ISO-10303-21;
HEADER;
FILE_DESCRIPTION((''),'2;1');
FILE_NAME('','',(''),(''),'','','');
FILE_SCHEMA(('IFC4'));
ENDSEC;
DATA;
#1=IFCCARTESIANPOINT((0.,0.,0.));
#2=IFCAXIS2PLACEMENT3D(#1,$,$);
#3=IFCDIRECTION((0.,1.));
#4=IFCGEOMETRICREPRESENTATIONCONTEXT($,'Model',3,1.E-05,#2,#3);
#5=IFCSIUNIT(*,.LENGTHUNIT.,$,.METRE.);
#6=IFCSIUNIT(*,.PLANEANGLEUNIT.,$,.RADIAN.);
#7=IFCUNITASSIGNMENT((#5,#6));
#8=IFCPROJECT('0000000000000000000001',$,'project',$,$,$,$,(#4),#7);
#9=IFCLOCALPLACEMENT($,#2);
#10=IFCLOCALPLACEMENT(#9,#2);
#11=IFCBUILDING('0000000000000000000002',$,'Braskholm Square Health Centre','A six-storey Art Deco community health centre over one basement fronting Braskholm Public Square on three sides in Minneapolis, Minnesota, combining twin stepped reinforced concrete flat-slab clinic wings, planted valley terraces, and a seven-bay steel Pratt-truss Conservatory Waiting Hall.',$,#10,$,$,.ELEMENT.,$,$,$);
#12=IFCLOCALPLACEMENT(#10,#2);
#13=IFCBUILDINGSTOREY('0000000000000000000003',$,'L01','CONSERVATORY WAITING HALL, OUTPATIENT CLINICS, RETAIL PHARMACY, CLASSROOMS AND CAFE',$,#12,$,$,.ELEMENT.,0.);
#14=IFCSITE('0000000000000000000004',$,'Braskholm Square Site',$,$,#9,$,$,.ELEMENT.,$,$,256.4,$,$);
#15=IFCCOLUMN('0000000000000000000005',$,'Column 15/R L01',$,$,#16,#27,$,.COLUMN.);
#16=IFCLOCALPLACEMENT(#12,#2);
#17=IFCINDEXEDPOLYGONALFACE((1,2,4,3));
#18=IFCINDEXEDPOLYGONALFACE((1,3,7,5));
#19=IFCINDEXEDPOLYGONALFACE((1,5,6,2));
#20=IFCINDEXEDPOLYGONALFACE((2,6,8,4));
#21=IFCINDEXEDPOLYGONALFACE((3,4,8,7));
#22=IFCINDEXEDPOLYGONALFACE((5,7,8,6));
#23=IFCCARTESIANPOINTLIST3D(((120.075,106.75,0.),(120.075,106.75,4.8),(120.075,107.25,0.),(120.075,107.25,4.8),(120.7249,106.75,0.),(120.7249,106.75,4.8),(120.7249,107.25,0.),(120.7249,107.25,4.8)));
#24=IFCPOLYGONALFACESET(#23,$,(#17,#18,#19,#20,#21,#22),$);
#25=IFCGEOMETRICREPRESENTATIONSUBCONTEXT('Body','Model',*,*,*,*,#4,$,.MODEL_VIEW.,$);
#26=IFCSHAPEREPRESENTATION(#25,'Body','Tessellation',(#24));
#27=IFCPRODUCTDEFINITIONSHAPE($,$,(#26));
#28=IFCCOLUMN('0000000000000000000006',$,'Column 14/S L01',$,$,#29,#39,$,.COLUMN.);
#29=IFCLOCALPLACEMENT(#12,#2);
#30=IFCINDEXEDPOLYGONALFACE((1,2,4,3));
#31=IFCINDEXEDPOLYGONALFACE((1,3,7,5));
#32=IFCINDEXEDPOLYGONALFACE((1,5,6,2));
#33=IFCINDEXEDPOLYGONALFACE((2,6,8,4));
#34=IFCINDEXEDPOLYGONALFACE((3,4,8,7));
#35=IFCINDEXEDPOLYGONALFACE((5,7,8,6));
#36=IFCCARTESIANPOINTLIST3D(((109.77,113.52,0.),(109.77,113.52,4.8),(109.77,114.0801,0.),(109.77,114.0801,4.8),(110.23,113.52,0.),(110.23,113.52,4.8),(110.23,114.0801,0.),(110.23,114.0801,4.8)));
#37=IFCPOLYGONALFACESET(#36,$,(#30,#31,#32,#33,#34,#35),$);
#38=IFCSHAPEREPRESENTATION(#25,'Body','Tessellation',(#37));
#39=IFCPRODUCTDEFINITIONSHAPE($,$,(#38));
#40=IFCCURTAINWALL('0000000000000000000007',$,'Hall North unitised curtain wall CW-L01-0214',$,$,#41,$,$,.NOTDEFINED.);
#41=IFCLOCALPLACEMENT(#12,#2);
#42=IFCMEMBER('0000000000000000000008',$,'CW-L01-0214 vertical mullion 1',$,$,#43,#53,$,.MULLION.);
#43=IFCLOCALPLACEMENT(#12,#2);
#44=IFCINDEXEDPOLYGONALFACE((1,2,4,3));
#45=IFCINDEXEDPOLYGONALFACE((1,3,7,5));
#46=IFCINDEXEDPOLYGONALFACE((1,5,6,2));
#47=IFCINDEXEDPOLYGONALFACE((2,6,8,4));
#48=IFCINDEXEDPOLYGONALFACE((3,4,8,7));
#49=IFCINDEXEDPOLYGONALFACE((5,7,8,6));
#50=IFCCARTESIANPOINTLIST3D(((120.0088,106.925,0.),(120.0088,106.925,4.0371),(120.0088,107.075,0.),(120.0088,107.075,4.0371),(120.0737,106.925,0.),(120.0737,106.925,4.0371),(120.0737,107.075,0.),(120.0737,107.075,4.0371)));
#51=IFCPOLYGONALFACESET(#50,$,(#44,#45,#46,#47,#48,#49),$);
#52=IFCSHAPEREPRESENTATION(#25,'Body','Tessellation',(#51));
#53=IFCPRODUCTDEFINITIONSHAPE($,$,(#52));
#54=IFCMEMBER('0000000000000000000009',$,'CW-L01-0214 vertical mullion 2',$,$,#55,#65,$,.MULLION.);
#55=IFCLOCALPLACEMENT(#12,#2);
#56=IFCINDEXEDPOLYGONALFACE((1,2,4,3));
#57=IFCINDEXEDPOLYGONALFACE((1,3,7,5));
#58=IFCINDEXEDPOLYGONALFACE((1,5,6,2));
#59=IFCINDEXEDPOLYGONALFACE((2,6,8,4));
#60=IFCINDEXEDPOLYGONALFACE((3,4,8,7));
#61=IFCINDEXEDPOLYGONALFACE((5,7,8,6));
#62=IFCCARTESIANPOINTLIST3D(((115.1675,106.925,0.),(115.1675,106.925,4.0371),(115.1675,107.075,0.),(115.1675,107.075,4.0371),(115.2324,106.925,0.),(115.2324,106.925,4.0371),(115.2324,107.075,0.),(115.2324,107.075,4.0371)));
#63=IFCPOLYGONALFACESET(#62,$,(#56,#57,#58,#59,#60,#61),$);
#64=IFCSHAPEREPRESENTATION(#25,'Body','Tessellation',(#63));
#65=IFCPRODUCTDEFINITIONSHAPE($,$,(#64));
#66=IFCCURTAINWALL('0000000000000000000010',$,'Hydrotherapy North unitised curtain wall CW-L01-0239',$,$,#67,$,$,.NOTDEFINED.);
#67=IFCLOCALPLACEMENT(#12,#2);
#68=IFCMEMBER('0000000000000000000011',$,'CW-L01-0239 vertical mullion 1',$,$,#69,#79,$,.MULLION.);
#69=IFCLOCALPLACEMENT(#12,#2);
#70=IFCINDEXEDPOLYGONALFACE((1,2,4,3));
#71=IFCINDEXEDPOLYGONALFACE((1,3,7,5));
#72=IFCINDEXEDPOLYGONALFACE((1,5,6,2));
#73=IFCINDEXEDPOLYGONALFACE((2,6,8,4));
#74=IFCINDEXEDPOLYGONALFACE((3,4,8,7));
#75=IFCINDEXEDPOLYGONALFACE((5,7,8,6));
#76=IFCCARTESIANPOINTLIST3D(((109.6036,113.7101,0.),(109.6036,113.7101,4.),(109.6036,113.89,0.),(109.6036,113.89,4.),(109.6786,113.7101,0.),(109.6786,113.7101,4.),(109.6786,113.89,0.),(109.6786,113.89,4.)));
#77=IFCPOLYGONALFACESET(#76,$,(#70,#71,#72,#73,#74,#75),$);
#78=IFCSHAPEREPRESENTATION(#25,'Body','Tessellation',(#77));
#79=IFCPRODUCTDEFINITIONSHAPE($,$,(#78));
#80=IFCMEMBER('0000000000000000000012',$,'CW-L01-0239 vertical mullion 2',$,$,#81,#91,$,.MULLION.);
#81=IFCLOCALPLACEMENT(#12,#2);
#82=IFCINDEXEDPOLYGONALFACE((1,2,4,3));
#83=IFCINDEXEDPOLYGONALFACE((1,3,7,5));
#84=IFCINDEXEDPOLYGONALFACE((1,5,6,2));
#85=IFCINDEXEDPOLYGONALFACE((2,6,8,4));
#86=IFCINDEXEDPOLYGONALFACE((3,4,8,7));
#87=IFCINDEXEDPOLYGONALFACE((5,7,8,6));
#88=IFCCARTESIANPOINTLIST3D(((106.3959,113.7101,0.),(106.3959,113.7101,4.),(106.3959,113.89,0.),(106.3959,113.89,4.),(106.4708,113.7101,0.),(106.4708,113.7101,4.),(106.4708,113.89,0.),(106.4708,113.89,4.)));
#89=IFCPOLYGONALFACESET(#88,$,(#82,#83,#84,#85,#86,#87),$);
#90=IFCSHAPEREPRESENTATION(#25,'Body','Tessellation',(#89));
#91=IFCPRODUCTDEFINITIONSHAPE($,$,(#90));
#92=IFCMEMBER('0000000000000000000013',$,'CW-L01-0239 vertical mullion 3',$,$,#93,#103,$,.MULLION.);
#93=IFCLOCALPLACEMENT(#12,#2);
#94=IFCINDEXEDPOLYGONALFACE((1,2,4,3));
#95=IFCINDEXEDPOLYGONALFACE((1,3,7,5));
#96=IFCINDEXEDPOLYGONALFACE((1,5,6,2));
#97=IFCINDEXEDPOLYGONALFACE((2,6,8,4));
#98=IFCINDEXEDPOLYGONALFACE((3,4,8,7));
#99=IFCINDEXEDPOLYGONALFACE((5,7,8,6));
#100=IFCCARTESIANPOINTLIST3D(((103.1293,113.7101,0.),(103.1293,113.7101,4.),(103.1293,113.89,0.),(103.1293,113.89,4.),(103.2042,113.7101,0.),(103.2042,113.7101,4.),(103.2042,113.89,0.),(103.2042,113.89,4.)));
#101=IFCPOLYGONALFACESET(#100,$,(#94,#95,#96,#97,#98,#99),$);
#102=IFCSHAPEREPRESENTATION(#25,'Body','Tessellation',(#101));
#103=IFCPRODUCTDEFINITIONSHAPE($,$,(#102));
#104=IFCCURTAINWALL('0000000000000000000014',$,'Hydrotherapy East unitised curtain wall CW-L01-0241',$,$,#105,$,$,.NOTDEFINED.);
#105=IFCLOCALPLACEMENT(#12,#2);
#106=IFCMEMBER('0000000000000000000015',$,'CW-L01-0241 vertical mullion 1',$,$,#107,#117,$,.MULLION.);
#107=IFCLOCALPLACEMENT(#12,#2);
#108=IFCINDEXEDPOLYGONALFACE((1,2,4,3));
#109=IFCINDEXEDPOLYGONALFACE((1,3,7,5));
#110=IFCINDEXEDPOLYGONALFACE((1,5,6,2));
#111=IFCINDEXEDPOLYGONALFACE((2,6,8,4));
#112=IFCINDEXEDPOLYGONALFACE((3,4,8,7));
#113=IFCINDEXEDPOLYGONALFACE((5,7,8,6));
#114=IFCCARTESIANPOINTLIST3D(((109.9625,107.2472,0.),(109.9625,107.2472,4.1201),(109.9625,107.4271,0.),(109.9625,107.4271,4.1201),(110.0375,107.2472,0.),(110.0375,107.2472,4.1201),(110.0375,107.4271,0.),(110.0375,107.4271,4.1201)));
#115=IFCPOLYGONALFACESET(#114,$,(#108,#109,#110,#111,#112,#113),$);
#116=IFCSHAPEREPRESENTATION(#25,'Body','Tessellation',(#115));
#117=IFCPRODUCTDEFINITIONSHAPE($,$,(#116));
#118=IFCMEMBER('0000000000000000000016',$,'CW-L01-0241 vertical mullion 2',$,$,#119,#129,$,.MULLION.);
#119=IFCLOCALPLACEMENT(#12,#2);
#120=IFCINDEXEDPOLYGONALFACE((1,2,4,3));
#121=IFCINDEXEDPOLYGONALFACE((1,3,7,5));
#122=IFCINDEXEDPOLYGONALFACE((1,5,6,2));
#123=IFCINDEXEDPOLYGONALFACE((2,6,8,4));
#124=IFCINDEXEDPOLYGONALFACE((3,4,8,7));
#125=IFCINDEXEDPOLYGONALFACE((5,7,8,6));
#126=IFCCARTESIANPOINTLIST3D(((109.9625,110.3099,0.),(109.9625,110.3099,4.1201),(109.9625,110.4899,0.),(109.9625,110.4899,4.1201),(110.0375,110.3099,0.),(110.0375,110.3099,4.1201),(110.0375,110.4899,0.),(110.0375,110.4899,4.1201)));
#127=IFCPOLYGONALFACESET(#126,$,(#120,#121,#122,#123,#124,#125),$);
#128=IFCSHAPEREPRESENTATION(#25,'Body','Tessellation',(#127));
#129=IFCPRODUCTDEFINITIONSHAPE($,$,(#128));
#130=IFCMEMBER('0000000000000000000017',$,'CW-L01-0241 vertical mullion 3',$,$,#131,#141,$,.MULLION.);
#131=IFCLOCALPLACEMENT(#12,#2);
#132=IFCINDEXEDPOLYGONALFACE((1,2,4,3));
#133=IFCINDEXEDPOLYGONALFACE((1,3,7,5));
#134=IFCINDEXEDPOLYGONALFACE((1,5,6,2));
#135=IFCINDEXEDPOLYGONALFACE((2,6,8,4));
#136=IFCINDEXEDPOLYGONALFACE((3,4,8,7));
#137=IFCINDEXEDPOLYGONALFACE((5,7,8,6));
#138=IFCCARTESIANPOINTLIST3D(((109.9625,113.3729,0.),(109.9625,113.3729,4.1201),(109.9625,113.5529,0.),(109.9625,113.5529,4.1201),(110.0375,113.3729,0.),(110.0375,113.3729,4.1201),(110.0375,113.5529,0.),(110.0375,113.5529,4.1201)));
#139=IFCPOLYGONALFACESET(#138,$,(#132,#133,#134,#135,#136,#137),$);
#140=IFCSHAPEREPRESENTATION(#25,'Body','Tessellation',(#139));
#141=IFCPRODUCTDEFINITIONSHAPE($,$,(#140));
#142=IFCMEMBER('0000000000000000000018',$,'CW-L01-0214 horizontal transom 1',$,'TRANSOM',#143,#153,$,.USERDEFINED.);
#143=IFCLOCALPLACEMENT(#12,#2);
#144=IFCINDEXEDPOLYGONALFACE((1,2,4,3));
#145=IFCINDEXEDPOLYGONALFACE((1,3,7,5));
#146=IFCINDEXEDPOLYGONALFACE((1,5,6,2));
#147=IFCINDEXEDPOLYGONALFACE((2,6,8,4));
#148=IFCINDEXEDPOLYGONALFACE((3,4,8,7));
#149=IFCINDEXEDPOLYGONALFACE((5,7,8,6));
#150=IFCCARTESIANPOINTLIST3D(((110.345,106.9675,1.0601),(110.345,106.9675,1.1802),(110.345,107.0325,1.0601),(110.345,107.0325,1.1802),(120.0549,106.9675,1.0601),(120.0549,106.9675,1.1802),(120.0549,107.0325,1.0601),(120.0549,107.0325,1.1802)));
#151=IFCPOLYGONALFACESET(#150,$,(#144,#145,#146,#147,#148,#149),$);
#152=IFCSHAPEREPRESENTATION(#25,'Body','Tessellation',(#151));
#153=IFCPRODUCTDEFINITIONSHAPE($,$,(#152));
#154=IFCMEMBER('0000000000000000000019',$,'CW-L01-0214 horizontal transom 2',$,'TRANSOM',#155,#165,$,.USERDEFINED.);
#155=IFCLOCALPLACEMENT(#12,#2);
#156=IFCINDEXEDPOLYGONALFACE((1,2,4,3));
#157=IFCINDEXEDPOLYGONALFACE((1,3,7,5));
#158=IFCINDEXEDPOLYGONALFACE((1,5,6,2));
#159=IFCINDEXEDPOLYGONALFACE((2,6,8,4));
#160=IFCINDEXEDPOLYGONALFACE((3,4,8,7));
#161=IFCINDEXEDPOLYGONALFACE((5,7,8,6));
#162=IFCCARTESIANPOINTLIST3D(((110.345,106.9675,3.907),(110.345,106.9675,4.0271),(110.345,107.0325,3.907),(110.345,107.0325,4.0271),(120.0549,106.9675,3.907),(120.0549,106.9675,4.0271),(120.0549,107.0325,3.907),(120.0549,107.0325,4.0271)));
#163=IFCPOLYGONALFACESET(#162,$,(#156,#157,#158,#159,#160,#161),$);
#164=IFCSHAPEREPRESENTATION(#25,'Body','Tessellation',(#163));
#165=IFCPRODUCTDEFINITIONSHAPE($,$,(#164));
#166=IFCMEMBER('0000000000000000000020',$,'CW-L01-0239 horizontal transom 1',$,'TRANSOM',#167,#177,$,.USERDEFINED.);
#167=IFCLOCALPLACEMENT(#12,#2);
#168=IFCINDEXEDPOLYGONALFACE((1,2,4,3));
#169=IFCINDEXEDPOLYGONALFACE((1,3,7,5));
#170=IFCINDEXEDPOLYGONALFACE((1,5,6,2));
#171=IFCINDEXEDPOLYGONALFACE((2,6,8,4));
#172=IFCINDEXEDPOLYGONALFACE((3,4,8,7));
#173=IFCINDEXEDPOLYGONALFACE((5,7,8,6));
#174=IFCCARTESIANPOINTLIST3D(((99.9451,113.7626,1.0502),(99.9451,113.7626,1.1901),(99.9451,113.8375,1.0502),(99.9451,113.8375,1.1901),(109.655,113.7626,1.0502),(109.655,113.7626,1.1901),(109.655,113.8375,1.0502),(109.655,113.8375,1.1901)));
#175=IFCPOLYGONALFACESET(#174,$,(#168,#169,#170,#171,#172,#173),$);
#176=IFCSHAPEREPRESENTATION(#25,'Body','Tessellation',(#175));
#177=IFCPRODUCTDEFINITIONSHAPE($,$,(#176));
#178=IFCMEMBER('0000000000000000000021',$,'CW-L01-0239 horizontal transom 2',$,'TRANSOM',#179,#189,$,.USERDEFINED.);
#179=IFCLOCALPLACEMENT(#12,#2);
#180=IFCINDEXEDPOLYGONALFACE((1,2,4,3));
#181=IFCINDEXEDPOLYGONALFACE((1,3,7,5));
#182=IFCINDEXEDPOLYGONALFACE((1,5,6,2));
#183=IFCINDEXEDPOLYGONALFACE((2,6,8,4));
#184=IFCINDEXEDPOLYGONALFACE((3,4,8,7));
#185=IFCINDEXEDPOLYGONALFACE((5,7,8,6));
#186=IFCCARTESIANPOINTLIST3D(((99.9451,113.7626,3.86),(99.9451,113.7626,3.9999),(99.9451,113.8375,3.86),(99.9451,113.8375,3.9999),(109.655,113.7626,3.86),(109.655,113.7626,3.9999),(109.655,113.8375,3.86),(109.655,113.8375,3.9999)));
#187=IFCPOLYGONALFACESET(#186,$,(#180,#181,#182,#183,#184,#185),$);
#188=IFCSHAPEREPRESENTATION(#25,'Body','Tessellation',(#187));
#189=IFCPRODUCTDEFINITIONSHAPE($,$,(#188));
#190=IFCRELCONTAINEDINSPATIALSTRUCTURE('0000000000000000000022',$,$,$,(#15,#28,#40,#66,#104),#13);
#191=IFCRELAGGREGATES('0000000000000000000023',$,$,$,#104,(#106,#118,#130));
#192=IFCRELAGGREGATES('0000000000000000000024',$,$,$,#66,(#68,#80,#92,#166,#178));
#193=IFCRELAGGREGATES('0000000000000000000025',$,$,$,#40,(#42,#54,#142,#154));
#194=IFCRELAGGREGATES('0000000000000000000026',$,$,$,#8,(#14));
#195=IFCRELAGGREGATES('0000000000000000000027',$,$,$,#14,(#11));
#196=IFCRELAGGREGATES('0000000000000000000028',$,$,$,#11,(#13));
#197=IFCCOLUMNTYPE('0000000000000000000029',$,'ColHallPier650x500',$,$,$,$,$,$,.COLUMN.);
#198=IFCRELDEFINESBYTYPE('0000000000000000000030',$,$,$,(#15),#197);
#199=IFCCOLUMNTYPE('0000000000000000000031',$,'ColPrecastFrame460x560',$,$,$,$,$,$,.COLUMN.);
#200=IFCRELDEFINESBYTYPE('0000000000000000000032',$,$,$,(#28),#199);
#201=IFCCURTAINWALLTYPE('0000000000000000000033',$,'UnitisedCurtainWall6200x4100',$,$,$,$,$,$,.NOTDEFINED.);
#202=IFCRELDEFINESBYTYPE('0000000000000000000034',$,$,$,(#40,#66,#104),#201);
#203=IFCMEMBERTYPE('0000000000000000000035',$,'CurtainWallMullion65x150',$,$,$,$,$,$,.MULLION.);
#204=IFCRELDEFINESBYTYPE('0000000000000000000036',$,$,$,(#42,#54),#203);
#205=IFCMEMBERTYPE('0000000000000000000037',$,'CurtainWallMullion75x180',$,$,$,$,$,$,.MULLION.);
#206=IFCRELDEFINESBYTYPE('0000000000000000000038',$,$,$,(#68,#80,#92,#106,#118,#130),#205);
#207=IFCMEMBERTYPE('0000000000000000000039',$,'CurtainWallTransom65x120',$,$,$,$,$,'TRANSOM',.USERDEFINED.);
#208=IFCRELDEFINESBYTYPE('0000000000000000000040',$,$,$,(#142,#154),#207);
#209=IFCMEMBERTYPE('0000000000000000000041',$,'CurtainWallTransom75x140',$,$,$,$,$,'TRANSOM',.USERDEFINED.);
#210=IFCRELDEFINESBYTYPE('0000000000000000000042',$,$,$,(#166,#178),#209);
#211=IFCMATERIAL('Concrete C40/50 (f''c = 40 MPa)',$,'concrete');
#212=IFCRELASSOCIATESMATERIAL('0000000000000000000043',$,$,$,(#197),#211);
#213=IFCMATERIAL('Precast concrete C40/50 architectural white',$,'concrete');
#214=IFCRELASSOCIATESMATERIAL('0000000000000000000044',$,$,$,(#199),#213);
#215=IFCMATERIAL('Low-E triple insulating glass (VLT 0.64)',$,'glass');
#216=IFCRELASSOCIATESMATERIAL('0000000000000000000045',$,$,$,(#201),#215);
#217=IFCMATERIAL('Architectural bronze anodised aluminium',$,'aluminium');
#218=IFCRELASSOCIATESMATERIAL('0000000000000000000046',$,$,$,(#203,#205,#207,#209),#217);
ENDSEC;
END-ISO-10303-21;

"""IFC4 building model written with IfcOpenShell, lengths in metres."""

from ifc_helpers import new_model, si_unit, direction, frame, origin, origin_2d, place, context, subcontext, project, spatial, rectangle, extrude, material, material_profile, profile_set, type_object, element, aggregate, save


model = new_model("IFC4")

# Units and contexts
model_context = context("Model", 3, precision=1e-05, world=origin(), true_north=direction((0.0, 1.0)))
body_context = subcontext(model_context, "Body", "Model", "MODEL_VIEW")
ifc_project = project(units=[si_unit("LENGTHUNIT", "METRE"), si_unit("PLANEANGLEUNIT", "RADIAN")], contexts=[model_context])

# Site, building, storey
site_placement = place(None, origin())
site = spatial("IfcSite", under=ifc_project, at=site_placement, Name="Braskholm Square Site", CompositionType="ELEMENT", RefElevation=256.4)
building_placement = place(site_placement, origin())
building = spatial("IfcBuilding", under=site, at=building_placement, Name="Braskholm Square Health Centre", Description="A six-storey Art Deco community health centre over one basement fronting Braskholm Public Square on three sides in Minneapolis, Minnesota, combining twin stepped reinforced concrete flat-slab clinic wings, planted valley terraces, and a seven-bay steel Pratt-truss Conservatory Waiting Hall.", CompositionType="ELEMENT")
storey_placement = place(building_placement, origin())
storey = spatial("IfcBuildingStorey", under=building, at=storey_placement, Name="L01", Description="CONSERVATORY WAITING HALL, OUTPATIENT CLINICS, RETAIL PHARMACY, CLASSROOMS AND CAFE", CompositionType="ELEMENT", Elevation=0.0)

# Columns
ifc_material_1 = material(Name="Concrete C40/50 (f'c = 40 MPa)", Category="concrete")
ifc_material_profile_1 = material_profile(ifc_material_1, rectangle(XDim=0.6499, YDim=0.5, at=origin_2d()), Name="RC-650X500")
ifc_profile_set_1 = profile_set([ifc_material_profile_1], Name="Concrete C40/50 (f'c = 40 MPa)")
column_type_1 = type_object("IfcColumnType", Name="ColHallPier650x500", PredefinedType="COLUMN", material=ifc_profile_set_1)
column_1_placement = place(storey_placement, frame((120.3999, 107.0, 0.0), z_axis=(0.0, 0.0, 1.0), x_axis=(1.0, 0.0, 0.0)))
element("IfcColumn", 1, at=column_1_placement, inside=storey, type_object=column_type_1, Name="Column 15/R L01", PredefinedType="COLUMN", context=body_context, shape_type="SweptSolid", body=[
    extrude(rectangle(XDim=0.6499, YDim=0.5, at=origin_2d()), origin(), (0.0, 0.0, 1.0), 4.8),
])
ifc_material_2 = material(Name="Precast concrete C40/50 architectural white", Category="concrete")
ifc_material_profile_2 = material_profile(ifc_material_2, rectangle(XDim=0.46, YDim=0.5601, at=origin_2d()), Name="RC-460X560")
ifc_profile_set_2 = profile_set([ifc_material_profile_2], Name="Precast concrete C40/50 architectural white")
column_type_2 = type_object("IfcColumnType", Name="ColPrecastFrame460x560", PredefinedType="COLUMN", material=ifc_profile_set_2)
column_2_placement = place(storey_placement, frame((110.0, 113.8, 0.0), z_axis=(0.0, 0.0, 1.0), x_axis=(1.0, 0.0, 0.0)))
element("IfcColumn", 2, at=column_2_placement, inside=storey, type_object=column_type_2, Name="Column 14/S L01", PredefinedType="COLUMN", context=body_context, shape_type="SweptSolid", body=[
    extrude(rectangle(XDim=0.46, YDim=0.5601, at=origin_2d()), origin(), (0.0, 0.0, 1.0), 4.8),
])

# Curtain walls, members
ifc_material_3 = material(Name="Low-E triple insulating glass (VLT 0.64)", Category="glass")
curtain_wall_type = type_object("IfcCurtainWallType", Name="UnitisedCurtainWall6200x4100", PredefinedType="NOTDEFINED", material=ifc_material_3)
curtain_wall_1_placement = place(storey_placement, origin())
curtain_wall_1 = element("IfcCurtainWall", 3, at=curtain_wall_1_placement, inside=storey, type_object=curtain_wall_type, Name="Hall North unitised curtain wall CW-L01-0214", PredefinedType="NOTDEFINED")
ifc_material_4 = material(Name="Architectural bronze anodised aluminium", Category="aluminium")
ifc_material_profile_3 = material_profile(ifc_material_4, rectangle(XDim=0.0649, YDim=0.1499, at=origin_2d()), Name="ALU-65X150")
ifc_profile_set_3 = profile_set([ifc_material_profile_3], Name="Architectural bronze anodised aluminium")
member_type_1 = type_object("IfcMemberType", Name="CurtainWallMullion65x150", PredefinedType="MULLION", material=ifc_profile_set_3)
member_1_placement = place(storey_placement, frame((120.0413, 107.0, 0.0), z_axis=(0.0, 0.0, 1.0), x_axis=(1.0, 0.0, 0.0)))
member_1 = element("IfcMember", 4, at=member_1_placement, type_object=member_type_1, Name="CW-L01-0214 vertical mullion 1", PredefinedType="MULLION", context=body_context, shape_type="SweptSolid", body=[
    extrude(rectangle(XDim=0.0649, YDim=0.1499, at=origin_2d()), origin(), (0.0, 0.0, 1.0), 4.0371),
])
member_2_placement = place(storey_placement, frame((115.2, 107.0, 0.0), z_axis=(0.0, 0.0, 1.0), x_axis=(1.0, 0.0, 0.0)))
member_2 = element("IfcMember", 5, at=member_2_placement, type_object=member_type_1, Name="CW-L01-0214 vertical mullion 2", PredefinedType="MULLION", context=body_context, shape_type="SweptSolid", body=[
    extrude(rectangle(XDim=0.0649, YDim=0.1499, at=origin_2d()), origin(), (0.0, 0.0, 1.0), 4.0371),
])
curtain_wall_2_placement = place(storey_placement, origin())
curtain_wall_2 = element("IfcCurtainWall", 6, at=curtain_wall_2_placement, inside=storey, type_object=curtain_wall_type, Name="Hydrotherapy North unitised curtain wall CW-L01-0239", PredefinedType="NOTDEFINED")
ifc_material_profile_4 = material_profile(ifc_material_4, rectangle(XDim=0.075, YDim=0.1799, at=origin_2d()), Name="ALU-75X180")
ifc_profile_set_4 = profile_set([ifc_material_profile_4], Name="Architectural bronze anodised aluminium")
member_type_2 = type_object("IfcMemberType", Name="CurtainWallMullion75x180", PredefinedType="MULLION", material=ifc_profile_set_4)
member_3_placement = place(storey_placement, frame((109.6411, 113.8, 0.0), z_axis=(0.0, 0.0, 1.0), x_axis=(1.0, 0.0, 0.0)))
member_3 = element("IfcMember", 7, at=member_3_placement, type_object=member_type_2, Name="CW-L01-0239 vertical mullion 1", PredefinedType="MULLION", context=body_context, shape_type="SweptSolid", body=[
    extrude(rectangle(XDim=0.075, YDim=0.1799, at=origin_2d()), origin(), (0.0, 0.0, 1.0), 4.0),
])
member_4_placement = place(storey_placement, frame((106.4333, 113.8, 0.0), z_axis=(0.0, 0.0, 1.0), x_axis=(1.0, 0.0, 0.0)))
member_4 = element("IfcMember", 8, at=member_4_placement, type_object=member_type_2, Name="CW-L01-0239 vertical mullion 2", PredefinedType="MULLION", context=body_context, shape_type="SweptSolid", body=[
    extrude(rectangle(XDim=0.075, YDim=0.1799, at=origin_2d()), origin(), (0.0, 0.0, 1.0), 4.0),
])
member_5_placement = place(storey_placement, frame((103.1667, 113.8, 0.0), z_axis=(0.0, 0.0, 1.0), x_axis=(1.0, 0.0, 0.0)))
member_5 = element("IfcMember", 9, at=member_5_placement, type_object=member_type_2, Name="CW-L01-0239 vertical mullion 3", PredefinedType="MULLION", context=body_context, shape_type="SweptSolid", body=[
    extrude(rectangle(XDim=0.075, YDim=0.1799, at=origin_2d()), origin(), (0.0, 0.0, 1.0), 4.0),
])
curtain_wall_3_placement = place(storey_placement, origin())
curtain_wall_3 = element("IfcCurtainWall", 10, at=curtain_wall_3_placement, inside=storey, type_object=curtain_wall_type, Name="Hydrotherapy East unitised curtain wall CW-L01-0241", PredefinedType="NOTDEFINED")
member_6_placement = place(storey_placement, frame((110.0, 107.3372, 0.0), z_axis=(0.0, 0.0, 1.0), x_axis=(1.0, 0.0, 0.0)))
member_6 = element("IfcMember", 11, at=member_6_placement, type_object=member_type_2, Name="CW-L01-0241 vertical mullion 1", PredefinedType="MULLION", context=body_context, shape_type="SweptSolid", body=[
    extrude(rectangle(XDim=0.075, YDim=0.1799, at=origin_2d()), origin(), (0.0, 0.0, 1.0), 4.1201),
])
member_7_placement = place(storey_placement, frame((110.0, 110.3999, 0.0), z_axis=(0.0, 0.0, 1.0), x_axis=(1.0, 0.0, 0.0)))
member_7 = element("IfcMember", 12, at=member_7_placement, type_object=member_type_2, Name="CW-L01-0241 vertical mullion 2", PredefinedType="MULLION", context=body_context, shape_type="SweptSolid", body=[
    extrude(rectangle(XDim=0.075, YDim=0.1799, at=origin_2d()), origin(), (0.0, 0.0, 1.0), 4.1201),
])
member_8_placement = place(storey_placement, frame((110.0, 113.4629, 0.0), z_axis=(0.0, 0.0, 1.0), x_axis=(1.0, 0.0, 0.0)))
member_8 = element("IfcMember", 13, at=member_8_placement, type_object=member_type_2, Name="CW-L01-0241 vertical mullion 3", PredefinedType="MULLION", context=body_context, shape_type="SweptSolid", body=[
    extrude(rectangle(XDim=0.075, YDim=0.1799, at=origin_2d()), origin(), (0.0, 0.0, 1.0), 4.1201),
])

# Members
ifc_material_profile_5 = material_profile(ifc_material_4, rectangle(XDim=0.0649, YDim=0.1201, at=origin_2d()), Name="ALU-65X120")
ifc_profile_set_5 = profile_set([ifc_material_profile_5], Name="Architectural bronze anodised aluminium")
member_type_3 = type_object("IfcMemberType", Name="CurtainWallTransom65x120", ElementType="TRANSOM", PredefinedType="USERDEFINED", material=ifc_profile_set_5)
member_9_placement = place(storey_placement, frame((120.0549, 107.0, 1.1201), z_axis=(-1.0, 0.0, 0.0), x_axis=(0.0, -1.0, 0.0)))
member_9 = element("IfcMember", 14, at=member_9_placement, type_object=member_type_3, Name="CW-L01-0214 horizontal transom 1", ObjectType="TRANSOM", PredefinedType="USERDEFINED", context=body_context, shape_type="SweptSolid", body=[
    extrude(rectangle(XDim=0.0649, YDim=0.1201, at=origin_2d()), origin(), (0.0, 0.0, 1.0), 9.71),
])
member_10_placement = place(storey_placement, frame((120.0549, 107.0, 3.967), z_axis=(-1.0, 0.0, 0.0), x_axis=(0.0, -1.0, 0.0)))
member_10 = element("IfcMember", 15, at=member_10_placement, type_object=member_type_3, Name="CW-L01-0214 horizontal transom 2", ObjectType="TRANSOM", PredefinedType="USERDEFINED", context=body_context, shape_type="SweptSolid", body=[
    extrude(rectangle(XDim=0.0649, YDim=0.1201, at=origin_2d()), origin(), (0.0, 0.0, 1.0), 9.71),
])
ifc_material_profile_6 = material_profile(ifc_material_4, rectangle(XDim=0.075, YDim=0.1399, at=origin_2d()), Name="ALU-75X140")
ifc_profile_set_6 = profile_set([ifc_material_profile_6], Name="Architectural bronze anodised aluminium")
member_type_4 = type_object("IfcMemberType", Name="CurtainWallTransom75x140", ElementType="TRANSOM", PredefinedType="USERDEFINED", material=ifc_profile_set_6)
member_11_placement = place(storey_placement, frame((109.655, 113.8, 1.1201), z_axis=(-1.0, 0.0, 0.0), x_axis=(0.0, -1.0, 0.0)))
member_11 = element("IfcMember", 16, at=member_11_placement, type_object=member_type_4, Name="CW-L01-0239 horizontal transom 1", ObjectType="TRANSOM", PredefinedType="USERDEFINED", context=body_context, shape_type="SweptSolid", body=[
    extrude(rectangle(XDim=0.075, YDim=0.1399, at=origin_2d()), origin(), (0.0, 0.0, 1.0), 9.71),
])
member_12_placement = place(storey_placement, frame((109.655, 113.8, 3.9299), z_axis=(-1.0, 0.0, 0.0), x_axis=(0.0, -1.0, 0.0)))
member_12 = element("IfcMember", 17, at=member_12_placement, type_object=member_type_4, Name="CW-L01-0239 horizontal transom 2", ObjectType="TRANSOM", PredefinedType="USERDEFINED", context=body_context, shape_type="SweptSolid", body=[
    extrude(rectangle(XDim=0.075, YDim=0.1399, at=origin_2d()), origin(), (0.0, 0.0, 1.0), 9.71),
])

aggregate(curtain_wall_3, [member_6, member_7, member_8])
aggregate(curtain_wall_2, [member_3, member_4, member_5, member_11, member_12])
aggregate(curtain_wall_1, [member_1, member_2, member_9, member_10])

save(model, "model.ifc")
